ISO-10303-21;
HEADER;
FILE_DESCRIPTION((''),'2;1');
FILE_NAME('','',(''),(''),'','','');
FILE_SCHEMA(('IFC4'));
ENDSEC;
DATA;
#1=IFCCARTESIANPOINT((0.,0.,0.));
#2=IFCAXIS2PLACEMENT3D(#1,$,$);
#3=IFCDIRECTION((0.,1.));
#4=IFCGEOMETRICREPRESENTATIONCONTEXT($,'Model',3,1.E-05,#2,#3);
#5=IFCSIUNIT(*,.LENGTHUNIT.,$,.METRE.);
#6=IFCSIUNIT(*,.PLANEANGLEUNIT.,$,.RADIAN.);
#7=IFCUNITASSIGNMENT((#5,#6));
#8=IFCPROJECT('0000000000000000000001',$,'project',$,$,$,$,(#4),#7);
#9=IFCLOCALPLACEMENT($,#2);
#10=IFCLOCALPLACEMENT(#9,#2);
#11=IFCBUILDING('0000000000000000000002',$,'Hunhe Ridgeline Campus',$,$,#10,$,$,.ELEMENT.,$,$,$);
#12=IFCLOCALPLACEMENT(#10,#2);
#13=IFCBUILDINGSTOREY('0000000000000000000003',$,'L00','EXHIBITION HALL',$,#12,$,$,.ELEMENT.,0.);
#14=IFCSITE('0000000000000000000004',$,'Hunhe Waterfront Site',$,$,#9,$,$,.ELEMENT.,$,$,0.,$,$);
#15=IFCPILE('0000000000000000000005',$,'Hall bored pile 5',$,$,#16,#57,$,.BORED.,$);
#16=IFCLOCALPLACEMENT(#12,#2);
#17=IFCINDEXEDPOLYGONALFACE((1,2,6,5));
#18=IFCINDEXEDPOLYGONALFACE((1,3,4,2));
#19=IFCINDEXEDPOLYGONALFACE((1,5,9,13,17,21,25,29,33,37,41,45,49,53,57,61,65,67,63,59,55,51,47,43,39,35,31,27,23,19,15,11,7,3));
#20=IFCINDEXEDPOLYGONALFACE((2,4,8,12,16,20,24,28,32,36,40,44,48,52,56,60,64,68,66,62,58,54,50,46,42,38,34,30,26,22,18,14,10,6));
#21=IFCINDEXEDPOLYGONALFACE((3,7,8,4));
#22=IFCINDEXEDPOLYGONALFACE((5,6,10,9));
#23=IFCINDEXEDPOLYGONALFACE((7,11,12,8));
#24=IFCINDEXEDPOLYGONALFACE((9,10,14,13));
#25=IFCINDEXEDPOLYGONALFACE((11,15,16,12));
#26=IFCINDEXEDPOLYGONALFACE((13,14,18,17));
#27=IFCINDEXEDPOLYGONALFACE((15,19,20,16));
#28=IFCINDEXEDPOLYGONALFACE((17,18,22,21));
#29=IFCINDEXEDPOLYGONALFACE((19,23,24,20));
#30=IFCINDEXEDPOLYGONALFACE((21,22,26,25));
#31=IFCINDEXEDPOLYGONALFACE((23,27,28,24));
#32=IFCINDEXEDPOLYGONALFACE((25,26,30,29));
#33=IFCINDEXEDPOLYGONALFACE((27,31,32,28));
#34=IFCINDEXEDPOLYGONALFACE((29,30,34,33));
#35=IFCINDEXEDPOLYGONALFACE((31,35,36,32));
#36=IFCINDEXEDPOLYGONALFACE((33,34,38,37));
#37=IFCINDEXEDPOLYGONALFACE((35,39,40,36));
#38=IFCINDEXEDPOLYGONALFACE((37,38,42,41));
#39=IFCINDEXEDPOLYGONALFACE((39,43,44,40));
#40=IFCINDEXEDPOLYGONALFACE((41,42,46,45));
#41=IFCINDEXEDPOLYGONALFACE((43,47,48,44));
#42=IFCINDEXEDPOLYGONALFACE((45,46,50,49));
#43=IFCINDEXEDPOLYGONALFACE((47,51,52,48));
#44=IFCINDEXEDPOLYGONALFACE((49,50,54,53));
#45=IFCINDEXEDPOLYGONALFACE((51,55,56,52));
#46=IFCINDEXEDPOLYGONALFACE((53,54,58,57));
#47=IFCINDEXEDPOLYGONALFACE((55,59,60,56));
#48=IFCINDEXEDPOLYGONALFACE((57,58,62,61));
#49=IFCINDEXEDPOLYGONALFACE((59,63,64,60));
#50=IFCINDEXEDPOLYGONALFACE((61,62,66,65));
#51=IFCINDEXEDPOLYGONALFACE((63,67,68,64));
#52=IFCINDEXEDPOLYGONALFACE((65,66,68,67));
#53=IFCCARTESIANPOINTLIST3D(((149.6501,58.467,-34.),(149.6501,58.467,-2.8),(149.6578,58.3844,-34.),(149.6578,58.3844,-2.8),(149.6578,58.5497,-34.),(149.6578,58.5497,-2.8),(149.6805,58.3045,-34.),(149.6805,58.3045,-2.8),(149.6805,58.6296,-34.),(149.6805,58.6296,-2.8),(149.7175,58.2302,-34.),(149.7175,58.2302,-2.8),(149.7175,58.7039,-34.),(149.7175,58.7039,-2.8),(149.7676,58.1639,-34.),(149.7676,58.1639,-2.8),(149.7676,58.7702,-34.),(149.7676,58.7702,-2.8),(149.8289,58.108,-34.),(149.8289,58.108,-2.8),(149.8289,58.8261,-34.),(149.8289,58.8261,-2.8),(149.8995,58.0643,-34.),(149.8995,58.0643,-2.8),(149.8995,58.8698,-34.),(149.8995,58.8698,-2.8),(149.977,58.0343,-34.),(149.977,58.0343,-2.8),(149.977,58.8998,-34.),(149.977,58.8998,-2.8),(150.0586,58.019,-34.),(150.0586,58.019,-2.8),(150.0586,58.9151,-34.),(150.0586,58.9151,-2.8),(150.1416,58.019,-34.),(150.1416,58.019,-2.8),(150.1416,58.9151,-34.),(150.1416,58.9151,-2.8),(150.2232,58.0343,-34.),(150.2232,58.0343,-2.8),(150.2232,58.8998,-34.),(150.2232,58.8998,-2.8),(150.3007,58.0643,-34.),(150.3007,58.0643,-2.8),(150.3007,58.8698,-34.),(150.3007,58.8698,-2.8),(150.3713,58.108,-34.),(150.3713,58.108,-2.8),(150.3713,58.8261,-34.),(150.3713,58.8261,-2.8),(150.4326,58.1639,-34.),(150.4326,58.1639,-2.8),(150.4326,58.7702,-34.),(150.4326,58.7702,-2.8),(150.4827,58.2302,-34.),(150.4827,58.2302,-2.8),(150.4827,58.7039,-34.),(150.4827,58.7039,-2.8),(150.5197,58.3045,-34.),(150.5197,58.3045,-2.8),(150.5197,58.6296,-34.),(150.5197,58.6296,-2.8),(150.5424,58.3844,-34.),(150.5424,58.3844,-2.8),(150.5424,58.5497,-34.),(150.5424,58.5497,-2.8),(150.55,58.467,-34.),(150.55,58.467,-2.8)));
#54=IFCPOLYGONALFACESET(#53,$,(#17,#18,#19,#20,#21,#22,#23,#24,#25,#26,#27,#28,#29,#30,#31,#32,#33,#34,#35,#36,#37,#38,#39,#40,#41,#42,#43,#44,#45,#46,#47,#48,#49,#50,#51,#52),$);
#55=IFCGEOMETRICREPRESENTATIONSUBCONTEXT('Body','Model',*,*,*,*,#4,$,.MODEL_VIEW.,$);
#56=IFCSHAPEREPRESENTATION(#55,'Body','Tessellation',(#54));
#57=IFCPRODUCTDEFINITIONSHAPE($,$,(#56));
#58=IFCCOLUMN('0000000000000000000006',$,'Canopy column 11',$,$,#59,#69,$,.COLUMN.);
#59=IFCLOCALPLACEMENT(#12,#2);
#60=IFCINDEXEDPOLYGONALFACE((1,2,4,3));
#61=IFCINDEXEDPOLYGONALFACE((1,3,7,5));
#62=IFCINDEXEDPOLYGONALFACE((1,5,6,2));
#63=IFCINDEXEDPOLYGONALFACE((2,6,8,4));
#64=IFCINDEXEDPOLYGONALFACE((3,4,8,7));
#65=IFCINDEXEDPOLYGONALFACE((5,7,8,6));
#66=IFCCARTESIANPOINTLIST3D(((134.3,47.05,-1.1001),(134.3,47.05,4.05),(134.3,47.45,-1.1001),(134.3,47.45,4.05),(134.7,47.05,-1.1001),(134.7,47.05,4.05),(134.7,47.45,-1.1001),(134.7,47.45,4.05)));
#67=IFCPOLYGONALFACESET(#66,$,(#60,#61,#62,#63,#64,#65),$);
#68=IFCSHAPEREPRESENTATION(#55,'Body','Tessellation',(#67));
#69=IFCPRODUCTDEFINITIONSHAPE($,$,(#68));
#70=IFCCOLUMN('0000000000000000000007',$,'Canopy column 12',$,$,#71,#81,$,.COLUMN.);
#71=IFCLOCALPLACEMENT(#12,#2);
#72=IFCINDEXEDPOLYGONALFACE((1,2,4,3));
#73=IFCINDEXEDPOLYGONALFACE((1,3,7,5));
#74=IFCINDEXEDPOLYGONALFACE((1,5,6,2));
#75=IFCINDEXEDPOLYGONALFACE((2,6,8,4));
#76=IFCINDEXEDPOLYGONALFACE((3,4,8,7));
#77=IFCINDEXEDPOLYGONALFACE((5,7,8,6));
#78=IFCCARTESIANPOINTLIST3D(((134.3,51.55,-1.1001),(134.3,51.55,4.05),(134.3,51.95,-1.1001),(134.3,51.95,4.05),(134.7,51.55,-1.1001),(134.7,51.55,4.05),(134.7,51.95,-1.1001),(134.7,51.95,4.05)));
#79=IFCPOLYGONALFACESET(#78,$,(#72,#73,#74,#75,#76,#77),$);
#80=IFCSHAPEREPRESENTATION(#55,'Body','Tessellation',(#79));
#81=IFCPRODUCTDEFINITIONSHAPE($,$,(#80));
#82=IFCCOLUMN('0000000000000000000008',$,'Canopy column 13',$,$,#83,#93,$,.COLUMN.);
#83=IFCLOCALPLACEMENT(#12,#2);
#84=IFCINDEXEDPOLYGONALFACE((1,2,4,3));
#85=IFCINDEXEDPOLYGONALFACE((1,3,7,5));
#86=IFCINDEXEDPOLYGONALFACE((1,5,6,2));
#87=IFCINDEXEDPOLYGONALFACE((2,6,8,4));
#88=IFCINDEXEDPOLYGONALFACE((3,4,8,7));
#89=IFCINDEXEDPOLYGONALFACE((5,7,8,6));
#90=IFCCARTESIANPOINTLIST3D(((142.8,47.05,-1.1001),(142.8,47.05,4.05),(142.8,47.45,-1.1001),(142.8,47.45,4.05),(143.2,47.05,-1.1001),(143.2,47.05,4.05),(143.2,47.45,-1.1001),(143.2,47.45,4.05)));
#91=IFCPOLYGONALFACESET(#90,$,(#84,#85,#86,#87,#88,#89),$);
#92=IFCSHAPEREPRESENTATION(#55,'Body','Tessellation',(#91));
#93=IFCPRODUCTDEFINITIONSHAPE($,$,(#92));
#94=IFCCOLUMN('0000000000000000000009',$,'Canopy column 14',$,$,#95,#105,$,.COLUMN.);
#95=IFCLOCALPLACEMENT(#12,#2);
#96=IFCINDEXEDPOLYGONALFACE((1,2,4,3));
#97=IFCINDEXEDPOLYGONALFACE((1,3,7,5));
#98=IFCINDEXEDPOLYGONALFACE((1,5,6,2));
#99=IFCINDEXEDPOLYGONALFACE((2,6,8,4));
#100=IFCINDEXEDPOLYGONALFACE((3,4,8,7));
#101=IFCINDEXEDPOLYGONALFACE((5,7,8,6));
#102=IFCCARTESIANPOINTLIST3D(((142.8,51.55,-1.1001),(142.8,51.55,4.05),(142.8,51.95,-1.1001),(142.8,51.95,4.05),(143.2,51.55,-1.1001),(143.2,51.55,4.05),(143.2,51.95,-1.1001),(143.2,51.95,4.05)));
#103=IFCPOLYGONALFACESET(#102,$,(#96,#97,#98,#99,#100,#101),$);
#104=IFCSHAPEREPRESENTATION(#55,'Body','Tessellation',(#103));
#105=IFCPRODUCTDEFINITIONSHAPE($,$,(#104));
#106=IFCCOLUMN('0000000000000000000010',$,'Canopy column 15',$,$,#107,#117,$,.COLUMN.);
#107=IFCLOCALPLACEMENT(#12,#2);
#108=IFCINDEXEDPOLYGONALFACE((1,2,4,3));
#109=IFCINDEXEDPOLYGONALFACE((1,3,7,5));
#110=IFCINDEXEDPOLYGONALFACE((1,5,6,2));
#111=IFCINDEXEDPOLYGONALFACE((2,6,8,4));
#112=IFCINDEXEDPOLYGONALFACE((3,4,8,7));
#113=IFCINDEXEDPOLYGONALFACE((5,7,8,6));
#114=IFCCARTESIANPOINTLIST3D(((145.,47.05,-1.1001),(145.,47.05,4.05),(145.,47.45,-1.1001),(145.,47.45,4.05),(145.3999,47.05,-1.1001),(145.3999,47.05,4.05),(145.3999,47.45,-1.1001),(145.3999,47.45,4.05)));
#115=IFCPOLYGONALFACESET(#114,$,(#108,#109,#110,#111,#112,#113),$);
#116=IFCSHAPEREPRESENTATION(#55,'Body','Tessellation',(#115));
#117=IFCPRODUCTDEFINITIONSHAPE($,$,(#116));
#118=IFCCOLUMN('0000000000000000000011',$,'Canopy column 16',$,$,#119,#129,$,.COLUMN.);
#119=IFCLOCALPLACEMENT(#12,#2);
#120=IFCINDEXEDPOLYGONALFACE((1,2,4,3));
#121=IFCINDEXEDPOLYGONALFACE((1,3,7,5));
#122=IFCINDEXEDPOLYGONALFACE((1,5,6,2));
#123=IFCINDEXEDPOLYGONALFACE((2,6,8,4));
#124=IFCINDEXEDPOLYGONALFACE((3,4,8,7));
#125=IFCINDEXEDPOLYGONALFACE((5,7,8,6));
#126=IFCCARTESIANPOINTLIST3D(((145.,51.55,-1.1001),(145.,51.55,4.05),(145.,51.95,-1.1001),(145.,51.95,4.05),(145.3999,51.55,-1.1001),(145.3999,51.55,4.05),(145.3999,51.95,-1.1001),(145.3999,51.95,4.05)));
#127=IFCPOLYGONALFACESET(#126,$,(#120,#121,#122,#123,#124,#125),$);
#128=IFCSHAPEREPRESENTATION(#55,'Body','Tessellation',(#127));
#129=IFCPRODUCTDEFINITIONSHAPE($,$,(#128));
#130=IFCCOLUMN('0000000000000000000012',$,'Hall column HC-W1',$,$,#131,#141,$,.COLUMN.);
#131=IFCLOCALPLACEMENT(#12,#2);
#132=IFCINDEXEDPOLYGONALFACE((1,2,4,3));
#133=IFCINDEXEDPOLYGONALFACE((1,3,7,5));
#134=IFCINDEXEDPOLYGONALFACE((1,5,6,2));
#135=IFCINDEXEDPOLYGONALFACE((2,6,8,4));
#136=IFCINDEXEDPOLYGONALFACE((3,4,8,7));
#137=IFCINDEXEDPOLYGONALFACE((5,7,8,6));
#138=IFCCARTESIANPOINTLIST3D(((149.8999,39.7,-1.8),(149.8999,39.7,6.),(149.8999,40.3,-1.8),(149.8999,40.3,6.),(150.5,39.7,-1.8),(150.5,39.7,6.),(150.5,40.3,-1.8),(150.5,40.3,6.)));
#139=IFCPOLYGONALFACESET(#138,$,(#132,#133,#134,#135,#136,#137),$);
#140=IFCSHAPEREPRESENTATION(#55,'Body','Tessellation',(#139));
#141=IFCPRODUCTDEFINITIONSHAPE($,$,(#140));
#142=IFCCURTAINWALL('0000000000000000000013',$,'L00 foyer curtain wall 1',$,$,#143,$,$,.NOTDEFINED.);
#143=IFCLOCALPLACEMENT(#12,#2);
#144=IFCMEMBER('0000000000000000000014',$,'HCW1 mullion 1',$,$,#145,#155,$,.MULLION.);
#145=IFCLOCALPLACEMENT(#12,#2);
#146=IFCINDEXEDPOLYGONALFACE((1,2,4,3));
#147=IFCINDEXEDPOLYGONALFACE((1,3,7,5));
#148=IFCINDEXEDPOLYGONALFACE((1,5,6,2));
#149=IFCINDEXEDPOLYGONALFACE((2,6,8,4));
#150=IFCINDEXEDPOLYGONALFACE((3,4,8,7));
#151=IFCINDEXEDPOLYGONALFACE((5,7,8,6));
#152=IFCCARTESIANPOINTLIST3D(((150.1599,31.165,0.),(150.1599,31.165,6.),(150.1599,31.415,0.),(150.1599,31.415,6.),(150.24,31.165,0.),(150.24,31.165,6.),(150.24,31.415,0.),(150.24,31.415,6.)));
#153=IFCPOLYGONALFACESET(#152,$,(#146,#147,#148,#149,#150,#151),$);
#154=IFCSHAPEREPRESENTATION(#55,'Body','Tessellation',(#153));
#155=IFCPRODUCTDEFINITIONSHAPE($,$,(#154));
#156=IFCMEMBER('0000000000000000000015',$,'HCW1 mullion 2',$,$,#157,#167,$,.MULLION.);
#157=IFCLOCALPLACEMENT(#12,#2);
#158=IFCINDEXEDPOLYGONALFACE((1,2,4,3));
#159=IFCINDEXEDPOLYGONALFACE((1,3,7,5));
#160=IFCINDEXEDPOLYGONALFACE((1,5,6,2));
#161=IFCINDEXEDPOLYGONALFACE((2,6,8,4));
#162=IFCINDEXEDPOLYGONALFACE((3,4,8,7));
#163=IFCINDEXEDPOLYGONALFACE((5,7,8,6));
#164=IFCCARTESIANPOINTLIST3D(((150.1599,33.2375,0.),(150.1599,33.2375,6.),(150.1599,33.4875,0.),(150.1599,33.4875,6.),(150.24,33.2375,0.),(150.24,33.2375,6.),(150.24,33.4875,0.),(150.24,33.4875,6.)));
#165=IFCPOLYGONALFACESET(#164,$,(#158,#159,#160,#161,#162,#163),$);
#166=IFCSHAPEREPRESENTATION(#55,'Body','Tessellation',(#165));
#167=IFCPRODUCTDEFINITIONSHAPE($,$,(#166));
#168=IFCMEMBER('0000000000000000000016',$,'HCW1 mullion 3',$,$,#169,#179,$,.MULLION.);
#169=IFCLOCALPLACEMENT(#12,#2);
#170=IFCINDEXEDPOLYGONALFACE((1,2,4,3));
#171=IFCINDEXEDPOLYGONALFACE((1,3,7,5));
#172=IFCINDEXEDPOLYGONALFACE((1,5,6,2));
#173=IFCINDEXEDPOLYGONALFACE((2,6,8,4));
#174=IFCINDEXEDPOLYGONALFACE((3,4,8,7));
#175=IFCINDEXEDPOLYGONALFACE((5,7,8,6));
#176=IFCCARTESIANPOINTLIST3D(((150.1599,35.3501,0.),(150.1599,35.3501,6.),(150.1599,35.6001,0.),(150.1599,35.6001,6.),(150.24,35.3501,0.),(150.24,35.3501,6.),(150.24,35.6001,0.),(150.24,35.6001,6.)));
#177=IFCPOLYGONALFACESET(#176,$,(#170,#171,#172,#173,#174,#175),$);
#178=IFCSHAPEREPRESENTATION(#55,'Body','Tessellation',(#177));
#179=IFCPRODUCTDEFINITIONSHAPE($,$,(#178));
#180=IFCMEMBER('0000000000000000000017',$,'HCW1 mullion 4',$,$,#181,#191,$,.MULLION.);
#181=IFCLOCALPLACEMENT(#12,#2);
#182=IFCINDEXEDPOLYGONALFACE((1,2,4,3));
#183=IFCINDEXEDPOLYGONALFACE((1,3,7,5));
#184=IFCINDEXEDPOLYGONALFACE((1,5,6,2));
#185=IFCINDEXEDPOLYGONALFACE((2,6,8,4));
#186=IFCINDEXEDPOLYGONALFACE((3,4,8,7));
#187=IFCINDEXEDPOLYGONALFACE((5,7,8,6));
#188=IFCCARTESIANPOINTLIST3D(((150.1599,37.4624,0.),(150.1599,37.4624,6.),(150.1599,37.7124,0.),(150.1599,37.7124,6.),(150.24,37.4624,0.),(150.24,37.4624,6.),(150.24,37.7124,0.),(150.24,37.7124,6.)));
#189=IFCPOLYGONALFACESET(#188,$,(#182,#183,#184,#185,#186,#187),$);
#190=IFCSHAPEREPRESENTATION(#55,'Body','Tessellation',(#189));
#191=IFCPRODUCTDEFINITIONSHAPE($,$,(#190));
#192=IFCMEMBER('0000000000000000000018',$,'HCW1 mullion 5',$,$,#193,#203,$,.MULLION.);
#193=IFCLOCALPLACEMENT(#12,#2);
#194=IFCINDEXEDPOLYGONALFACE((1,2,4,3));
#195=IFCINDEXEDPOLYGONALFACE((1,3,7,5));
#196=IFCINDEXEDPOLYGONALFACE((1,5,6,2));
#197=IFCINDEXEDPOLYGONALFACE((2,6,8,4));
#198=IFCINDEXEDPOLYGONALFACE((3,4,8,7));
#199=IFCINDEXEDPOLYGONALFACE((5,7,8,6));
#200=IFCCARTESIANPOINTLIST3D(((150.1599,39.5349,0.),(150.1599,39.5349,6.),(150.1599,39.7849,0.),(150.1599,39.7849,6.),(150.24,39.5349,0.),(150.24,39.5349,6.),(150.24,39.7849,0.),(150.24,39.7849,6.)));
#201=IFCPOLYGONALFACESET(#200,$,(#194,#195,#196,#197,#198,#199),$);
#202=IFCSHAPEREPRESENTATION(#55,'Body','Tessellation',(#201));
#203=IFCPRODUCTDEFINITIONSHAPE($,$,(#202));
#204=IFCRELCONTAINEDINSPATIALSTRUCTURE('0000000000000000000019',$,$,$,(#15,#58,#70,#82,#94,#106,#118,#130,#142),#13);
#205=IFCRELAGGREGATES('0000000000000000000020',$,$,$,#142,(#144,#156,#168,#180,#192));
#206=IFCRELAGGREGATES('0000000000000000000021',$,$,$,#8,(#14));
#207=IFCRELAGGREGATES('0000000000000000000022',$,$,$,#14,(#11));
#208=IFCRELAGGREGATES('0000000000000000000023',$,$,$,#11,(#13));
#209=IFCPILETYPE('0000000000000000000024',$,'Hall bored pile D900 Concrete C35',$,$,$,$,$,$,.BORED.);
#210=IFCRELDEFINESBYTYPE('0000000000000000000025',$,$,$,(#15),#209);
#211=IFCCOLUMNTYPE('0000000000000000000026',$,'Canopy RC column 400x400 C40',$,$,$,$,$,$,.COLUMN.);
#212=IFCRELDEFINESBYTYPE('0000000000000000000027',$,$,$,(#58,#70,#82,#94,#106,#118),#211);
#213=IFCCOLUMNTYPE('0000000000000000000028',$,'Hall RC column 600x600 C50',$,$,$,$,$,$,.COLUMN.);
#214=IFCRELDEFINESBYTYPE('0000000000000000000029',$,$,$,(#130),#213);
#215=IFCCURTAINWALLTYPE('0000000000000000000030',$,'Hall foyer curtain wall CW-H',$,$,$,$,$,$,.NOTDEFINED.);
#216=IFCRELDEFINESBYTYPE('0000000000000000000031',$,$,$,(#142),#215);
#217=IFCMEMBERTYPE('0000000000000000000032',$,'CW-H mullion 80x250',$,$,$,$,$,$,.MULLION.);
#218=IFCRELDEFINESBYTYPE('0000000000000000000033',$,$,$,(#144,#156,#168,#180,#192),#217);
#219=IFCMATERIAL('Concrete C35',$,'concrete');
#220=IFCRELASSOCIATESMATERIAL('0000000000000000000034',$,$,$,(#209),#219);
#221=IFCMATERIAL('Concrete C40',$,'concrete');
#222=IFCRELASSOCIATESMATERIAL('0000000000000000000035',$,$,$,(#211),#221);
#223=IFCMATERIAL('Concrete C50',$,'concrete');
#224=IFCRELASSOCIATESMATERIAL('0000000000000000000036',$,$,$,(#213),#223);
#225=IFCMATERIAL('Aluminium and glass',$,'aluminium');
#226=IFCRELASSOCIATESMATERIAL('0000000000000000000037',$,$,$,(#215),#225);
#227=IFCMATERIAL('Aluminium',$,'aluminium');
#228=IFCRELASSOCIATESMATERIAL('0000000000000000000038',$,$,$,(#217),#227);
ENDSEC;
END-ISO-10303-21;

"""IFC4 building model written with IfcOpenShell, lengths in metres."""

from ifc_helpers import new_model, si_unit, direction, frame, origin, origin_2d, place, context, subcontext, project, spatial, rectangle, circle, extrude, material, material_profile, profile_set, type_object, element, aggregate, save


model = new_model("IFC4")

# Units and contexts
model_context = context("Model", 3, precision=1e-05, world=origin(), true_north=direction((0.0, 1.0)))
body_context = subcontext(model_context, "Body", "Model", "MODEL_VIEW")
ifc_project = project(units=[si_unit("LENGTHUNIT", "METRE"), si_unit("PLANEANGLEUNIT", "RADIAN")], contexts=[model_context])

# Site, building, storey
site_placement = place(None, origin())
site = spatial("IfcSite", under=ifc_project, at=site_placement, Name="Hunhe Waterfront Site", CompositionType="ELEMENT", RefElevation=0.0)
building_placement = place(site_placement, origin())
building = spatial("IfcBuilding", under=site, at=building_placement, Name="Hunhe Ridgeline Campus", CompositionType="ELEMENT")
storey_placement = place(building_placement, origin())
storey = spatial("IfcBuildingStorey", under=building, at=storey_placement, Name="L00", Description="EXHIBITION HALL", CompositionType="ELEMENT", Elevation=0.0)

# Pile
ifc_material_1 = material(Name="Concrete C35", Category="concrete")
ifc_material_profile_1 = material_profile(ifc_material_1, circle(Radius=0.45, at=origin_2d()))
ifc_profile_set_1 = profile_set([ifc_material_profile_1], Name="Concrete C35")
pile_type = type_object("IfcPileType", Name="Hall bored pile D900 Concrete C35", PredefinedType="BORED", material=ifc_profile_set_1)
for number, where, z_axis, x_axis, name in (
    (1, (150.1001, 58.467, -2.8), (0.0, 0.0, -1.0), (1.0, 0.0, 0.0), "Hall bored pile 5"),
):
    element("IfcPile", number, at=place(storey_placement, frame(where, z_axis=z_axis, x_axis=x_axis)), inside=storey, type_object=pile_type, Name=name, PredefinedType="BORED", context=body_context, shape_type="SweptSolid", body=[
        extrude(circle(Radius=0.45, at=origin_2d()), origin(), (0.0, 0.0, 1.0), 31.2),
    ])

# Columns
ifc_material_2 = material(Name="Concrete C40", Category="concrete")
ifc_material_profile_2 = material_profile(ifc_material_2, rectangle(XDim=0.3999, YDim=0.3999, at=origin_2d()))
ifc_profile_set_2 = profile_set([ifc_material_profile_2], Name="Concrete C40")
column_type_1 = type_object("IfcColumnType", Name="Canopy RC column 400x400 C40", PredefinedType="COLUMN", material=ifc_profile_set_2)
for number, where, z_axis, x_axis, name in (
    (2, (134.5, 47.25, -1.1001), (0.0, 0.0, 1.0), (1.0, 0.0, 0.0), "Canopy column 11"),
    (3, (134.5, 51.75, -1.1001), (0.0, 0.0, 1.0), (1.0, 0.0, 0.0), "Canopy column 12"),
    (4, (143.0, 47.25, -1.1001), (0.0, 0.0, 1.0), (1.0, 0.0, 0.0), "Canopy column 13"),
    (5, (143.0, 51.75, -1.1001), (0.0, 0.0, 1.0), (1.0, 0.0, 0.0), "Canopy column 14"),
    (6, (145.2, 47.25, -1.1001), (0.0, 0.0, 1.0), (1.0, 0.0, 0.0), "Canopy column 15"),
    (7, (145.2, 51.75, -1.1001), (0.0, 0.0, 1.0), (1.0, 0.0, 0.0), "Canopy column 16"),
):
    element("IfcColumn", number, at=place(storey_placement, frame(where, z_axis=z_axis, x_axis=x_axis)), inside=storey, type_object=column_type_1, Name=name, PredefinedType="COLUMN", context=body_context, shape_type="SweptSolid", body=[
        extrude(rectangle(XDim=0.3999, YDim=0.3999, at=origin_2d()), origin(), (0.0, 0.0, 1.0), 5.1501),
    ])
ifc_material_3 = material(Name="Concrete C50", Category="concrete")
ifc_material_profile_3 = material_profile(ifc_material_3, rectangle(XDim=0.6001, YDim=0.6001, at=origin_2d()))
ifc_profile_set_3 = profile_set([ifc_material_profile_3], Name="Concrete C50")
column_type_2 = type_object("IfcColumnType", Name="Hall RC column 600x600 C50", PredefinedType="COLUMN", material=ifc_profile_set_3)
column_placement = place(storey_placement, frame((150.2, 40.0, -1.8), z_axis=(0.0, 0.0, 1.0), x_axis=(1.0, 0.0, 0.0)))
element("IfcColumn", 8, at=column_placement, inside=storey, type_object=column_type_2, Name="Hall column HC-W1", PredefinedType="COLUMN", context=body_context, shape_type="SweptSolid", body=[
    extrude(rectangle(XDim=0.6001, YDim=0.6001, at=origin_2d()), origin(), (0.0, 0.0, 1.0), 7.8),
])

# Curtain wall, members
ifc_material_4 = material(Name="Aluminium and glass", Category="aluminium")
curtain_wall_type = type_object("IfcCurtainWallType", Name="Hall foyer curtain wall CW-H", PredefinedType="NOTDEFINED", material=ifc_material_4)
curtain_wall_placement = place(storey_placement, origin())
curtain_wall = element("IfcCurtainWall", 9, at=curtain_wall_placement, inside=storey, type_object=curtain_wall_type, Name="L00 foyer curtain wall 1", PredefinedType="NOTDEFINED")
ifc_material_5 = material(Name="Aluminium", Category="aluminium")
ifc_material_profile_4 = material_profile(ifc_material_5, rectangle(XDim=0.0801, YDim=0.25, at=origin_2d()))
ifc_profile_set_4 = profile_set([ifc_material_profile_4], Name="Aluminium")
member_type = type_object("IfcMemberType", Name="CW-H mullion 80x250", PredefinedType="MULLION", material=ifc_profile_set_4)
member_1_placement = place(storey_placement, frame((150.2, 31.29, 0.0), z_axis=(0.0, 0.0, 1.0), x_axis=(-1.0, 0.0, 0.0)))
member_1 = element("IfcMember", 10, at=member_1_placement, type_object=member_type, Name="HCW1 mullion 1", PredefinedType="MULLION", context=body_context, shape_type="SweptSolid", body=[
    extrude(rectangle(XDim=0.0801, YDim=0.25, at=origin_2d()), origin(), (0.0, 0.0, 1.0), 6.0),
])
member_2_placement = place(storey_placement, frame((150.2, 33.3625, 0.0), z_axis=(0.0, 0.0, 1.0), x_axis=(-1.0, 0.0, 0.0)))
member_2 = element("IfcMember", 11, at=member_2_placement, type_object=member_type, Name="HCW1 mullion 2", PredefinedType="MULLION", context=body_context, shape_type="SweptSolid", body=[
    extrude(rectangle(XDim=0.0801, YDim=0.25, at=origin_2d()), origin(), (0.0, 0.0, 1.0), 6.0),
])
member_3_placement = place(storey_placement, frame((150.2, 35.4751, 0.0), z_axis=(0.0, 0.0, 1.0), x_axis=(-1.0, 0.0, 0.0)))
member_3 = element("IfcMember", 12, at=member_3_placement, type_object=member_type, Name="HCW1 mullion 3", PredefinedType="MULLION", context=body_context, shape_type="SweptSolid", body=[
    extrude(rectangle(XDim=0.0801, YDim=0.25, at=origin_2d()), origin(), (0.0, 0.0, 1.0), 6.0),
])
member_4_placement = place(storey_placement, frame((150.2, 37.5874, 0.0), z_axis=(0.0, 0.0, 1.0), x_axis=(-1.0, 0.0, 0.0)))
member_4 = element("IfcMember", 13, at=member_4_placement, type_object=member_type, Name="HCW1 mullion 4", PredefinedType="MULLION", context=body_context, shape_type="SweptSolid", body=[
    extrude(rectangle(XDim=0.0801, YDim=0.25, at=origin_2d()), origin(), (0.0, 0.0, 1.0), 6.0),
])
member_5_placement = place(storey_placement, frame((150.2, 39.6599, 0.0), z_axis=(0.0, 0.0, 1.0), x_axis=(-1.0, 0.0, 0.0)))
member_5 = element("IfcMember", 14, at=member_5_placement, type_object=member_type, Name="HCW1 mullion 5", PredefinedType="MULLION", context=body_context, shape_type="SweptSolid", body=[
    extrude(rectangle(XDim=0.0801, YDim=0.25, at=origin_2d()), origin(), (0.0, 0.0, 1.0), 6.0),
])
aggregate(curtain_wall, [member_1, member_2, member_3, member_4, member_5])

save(model, "model.ifc")
